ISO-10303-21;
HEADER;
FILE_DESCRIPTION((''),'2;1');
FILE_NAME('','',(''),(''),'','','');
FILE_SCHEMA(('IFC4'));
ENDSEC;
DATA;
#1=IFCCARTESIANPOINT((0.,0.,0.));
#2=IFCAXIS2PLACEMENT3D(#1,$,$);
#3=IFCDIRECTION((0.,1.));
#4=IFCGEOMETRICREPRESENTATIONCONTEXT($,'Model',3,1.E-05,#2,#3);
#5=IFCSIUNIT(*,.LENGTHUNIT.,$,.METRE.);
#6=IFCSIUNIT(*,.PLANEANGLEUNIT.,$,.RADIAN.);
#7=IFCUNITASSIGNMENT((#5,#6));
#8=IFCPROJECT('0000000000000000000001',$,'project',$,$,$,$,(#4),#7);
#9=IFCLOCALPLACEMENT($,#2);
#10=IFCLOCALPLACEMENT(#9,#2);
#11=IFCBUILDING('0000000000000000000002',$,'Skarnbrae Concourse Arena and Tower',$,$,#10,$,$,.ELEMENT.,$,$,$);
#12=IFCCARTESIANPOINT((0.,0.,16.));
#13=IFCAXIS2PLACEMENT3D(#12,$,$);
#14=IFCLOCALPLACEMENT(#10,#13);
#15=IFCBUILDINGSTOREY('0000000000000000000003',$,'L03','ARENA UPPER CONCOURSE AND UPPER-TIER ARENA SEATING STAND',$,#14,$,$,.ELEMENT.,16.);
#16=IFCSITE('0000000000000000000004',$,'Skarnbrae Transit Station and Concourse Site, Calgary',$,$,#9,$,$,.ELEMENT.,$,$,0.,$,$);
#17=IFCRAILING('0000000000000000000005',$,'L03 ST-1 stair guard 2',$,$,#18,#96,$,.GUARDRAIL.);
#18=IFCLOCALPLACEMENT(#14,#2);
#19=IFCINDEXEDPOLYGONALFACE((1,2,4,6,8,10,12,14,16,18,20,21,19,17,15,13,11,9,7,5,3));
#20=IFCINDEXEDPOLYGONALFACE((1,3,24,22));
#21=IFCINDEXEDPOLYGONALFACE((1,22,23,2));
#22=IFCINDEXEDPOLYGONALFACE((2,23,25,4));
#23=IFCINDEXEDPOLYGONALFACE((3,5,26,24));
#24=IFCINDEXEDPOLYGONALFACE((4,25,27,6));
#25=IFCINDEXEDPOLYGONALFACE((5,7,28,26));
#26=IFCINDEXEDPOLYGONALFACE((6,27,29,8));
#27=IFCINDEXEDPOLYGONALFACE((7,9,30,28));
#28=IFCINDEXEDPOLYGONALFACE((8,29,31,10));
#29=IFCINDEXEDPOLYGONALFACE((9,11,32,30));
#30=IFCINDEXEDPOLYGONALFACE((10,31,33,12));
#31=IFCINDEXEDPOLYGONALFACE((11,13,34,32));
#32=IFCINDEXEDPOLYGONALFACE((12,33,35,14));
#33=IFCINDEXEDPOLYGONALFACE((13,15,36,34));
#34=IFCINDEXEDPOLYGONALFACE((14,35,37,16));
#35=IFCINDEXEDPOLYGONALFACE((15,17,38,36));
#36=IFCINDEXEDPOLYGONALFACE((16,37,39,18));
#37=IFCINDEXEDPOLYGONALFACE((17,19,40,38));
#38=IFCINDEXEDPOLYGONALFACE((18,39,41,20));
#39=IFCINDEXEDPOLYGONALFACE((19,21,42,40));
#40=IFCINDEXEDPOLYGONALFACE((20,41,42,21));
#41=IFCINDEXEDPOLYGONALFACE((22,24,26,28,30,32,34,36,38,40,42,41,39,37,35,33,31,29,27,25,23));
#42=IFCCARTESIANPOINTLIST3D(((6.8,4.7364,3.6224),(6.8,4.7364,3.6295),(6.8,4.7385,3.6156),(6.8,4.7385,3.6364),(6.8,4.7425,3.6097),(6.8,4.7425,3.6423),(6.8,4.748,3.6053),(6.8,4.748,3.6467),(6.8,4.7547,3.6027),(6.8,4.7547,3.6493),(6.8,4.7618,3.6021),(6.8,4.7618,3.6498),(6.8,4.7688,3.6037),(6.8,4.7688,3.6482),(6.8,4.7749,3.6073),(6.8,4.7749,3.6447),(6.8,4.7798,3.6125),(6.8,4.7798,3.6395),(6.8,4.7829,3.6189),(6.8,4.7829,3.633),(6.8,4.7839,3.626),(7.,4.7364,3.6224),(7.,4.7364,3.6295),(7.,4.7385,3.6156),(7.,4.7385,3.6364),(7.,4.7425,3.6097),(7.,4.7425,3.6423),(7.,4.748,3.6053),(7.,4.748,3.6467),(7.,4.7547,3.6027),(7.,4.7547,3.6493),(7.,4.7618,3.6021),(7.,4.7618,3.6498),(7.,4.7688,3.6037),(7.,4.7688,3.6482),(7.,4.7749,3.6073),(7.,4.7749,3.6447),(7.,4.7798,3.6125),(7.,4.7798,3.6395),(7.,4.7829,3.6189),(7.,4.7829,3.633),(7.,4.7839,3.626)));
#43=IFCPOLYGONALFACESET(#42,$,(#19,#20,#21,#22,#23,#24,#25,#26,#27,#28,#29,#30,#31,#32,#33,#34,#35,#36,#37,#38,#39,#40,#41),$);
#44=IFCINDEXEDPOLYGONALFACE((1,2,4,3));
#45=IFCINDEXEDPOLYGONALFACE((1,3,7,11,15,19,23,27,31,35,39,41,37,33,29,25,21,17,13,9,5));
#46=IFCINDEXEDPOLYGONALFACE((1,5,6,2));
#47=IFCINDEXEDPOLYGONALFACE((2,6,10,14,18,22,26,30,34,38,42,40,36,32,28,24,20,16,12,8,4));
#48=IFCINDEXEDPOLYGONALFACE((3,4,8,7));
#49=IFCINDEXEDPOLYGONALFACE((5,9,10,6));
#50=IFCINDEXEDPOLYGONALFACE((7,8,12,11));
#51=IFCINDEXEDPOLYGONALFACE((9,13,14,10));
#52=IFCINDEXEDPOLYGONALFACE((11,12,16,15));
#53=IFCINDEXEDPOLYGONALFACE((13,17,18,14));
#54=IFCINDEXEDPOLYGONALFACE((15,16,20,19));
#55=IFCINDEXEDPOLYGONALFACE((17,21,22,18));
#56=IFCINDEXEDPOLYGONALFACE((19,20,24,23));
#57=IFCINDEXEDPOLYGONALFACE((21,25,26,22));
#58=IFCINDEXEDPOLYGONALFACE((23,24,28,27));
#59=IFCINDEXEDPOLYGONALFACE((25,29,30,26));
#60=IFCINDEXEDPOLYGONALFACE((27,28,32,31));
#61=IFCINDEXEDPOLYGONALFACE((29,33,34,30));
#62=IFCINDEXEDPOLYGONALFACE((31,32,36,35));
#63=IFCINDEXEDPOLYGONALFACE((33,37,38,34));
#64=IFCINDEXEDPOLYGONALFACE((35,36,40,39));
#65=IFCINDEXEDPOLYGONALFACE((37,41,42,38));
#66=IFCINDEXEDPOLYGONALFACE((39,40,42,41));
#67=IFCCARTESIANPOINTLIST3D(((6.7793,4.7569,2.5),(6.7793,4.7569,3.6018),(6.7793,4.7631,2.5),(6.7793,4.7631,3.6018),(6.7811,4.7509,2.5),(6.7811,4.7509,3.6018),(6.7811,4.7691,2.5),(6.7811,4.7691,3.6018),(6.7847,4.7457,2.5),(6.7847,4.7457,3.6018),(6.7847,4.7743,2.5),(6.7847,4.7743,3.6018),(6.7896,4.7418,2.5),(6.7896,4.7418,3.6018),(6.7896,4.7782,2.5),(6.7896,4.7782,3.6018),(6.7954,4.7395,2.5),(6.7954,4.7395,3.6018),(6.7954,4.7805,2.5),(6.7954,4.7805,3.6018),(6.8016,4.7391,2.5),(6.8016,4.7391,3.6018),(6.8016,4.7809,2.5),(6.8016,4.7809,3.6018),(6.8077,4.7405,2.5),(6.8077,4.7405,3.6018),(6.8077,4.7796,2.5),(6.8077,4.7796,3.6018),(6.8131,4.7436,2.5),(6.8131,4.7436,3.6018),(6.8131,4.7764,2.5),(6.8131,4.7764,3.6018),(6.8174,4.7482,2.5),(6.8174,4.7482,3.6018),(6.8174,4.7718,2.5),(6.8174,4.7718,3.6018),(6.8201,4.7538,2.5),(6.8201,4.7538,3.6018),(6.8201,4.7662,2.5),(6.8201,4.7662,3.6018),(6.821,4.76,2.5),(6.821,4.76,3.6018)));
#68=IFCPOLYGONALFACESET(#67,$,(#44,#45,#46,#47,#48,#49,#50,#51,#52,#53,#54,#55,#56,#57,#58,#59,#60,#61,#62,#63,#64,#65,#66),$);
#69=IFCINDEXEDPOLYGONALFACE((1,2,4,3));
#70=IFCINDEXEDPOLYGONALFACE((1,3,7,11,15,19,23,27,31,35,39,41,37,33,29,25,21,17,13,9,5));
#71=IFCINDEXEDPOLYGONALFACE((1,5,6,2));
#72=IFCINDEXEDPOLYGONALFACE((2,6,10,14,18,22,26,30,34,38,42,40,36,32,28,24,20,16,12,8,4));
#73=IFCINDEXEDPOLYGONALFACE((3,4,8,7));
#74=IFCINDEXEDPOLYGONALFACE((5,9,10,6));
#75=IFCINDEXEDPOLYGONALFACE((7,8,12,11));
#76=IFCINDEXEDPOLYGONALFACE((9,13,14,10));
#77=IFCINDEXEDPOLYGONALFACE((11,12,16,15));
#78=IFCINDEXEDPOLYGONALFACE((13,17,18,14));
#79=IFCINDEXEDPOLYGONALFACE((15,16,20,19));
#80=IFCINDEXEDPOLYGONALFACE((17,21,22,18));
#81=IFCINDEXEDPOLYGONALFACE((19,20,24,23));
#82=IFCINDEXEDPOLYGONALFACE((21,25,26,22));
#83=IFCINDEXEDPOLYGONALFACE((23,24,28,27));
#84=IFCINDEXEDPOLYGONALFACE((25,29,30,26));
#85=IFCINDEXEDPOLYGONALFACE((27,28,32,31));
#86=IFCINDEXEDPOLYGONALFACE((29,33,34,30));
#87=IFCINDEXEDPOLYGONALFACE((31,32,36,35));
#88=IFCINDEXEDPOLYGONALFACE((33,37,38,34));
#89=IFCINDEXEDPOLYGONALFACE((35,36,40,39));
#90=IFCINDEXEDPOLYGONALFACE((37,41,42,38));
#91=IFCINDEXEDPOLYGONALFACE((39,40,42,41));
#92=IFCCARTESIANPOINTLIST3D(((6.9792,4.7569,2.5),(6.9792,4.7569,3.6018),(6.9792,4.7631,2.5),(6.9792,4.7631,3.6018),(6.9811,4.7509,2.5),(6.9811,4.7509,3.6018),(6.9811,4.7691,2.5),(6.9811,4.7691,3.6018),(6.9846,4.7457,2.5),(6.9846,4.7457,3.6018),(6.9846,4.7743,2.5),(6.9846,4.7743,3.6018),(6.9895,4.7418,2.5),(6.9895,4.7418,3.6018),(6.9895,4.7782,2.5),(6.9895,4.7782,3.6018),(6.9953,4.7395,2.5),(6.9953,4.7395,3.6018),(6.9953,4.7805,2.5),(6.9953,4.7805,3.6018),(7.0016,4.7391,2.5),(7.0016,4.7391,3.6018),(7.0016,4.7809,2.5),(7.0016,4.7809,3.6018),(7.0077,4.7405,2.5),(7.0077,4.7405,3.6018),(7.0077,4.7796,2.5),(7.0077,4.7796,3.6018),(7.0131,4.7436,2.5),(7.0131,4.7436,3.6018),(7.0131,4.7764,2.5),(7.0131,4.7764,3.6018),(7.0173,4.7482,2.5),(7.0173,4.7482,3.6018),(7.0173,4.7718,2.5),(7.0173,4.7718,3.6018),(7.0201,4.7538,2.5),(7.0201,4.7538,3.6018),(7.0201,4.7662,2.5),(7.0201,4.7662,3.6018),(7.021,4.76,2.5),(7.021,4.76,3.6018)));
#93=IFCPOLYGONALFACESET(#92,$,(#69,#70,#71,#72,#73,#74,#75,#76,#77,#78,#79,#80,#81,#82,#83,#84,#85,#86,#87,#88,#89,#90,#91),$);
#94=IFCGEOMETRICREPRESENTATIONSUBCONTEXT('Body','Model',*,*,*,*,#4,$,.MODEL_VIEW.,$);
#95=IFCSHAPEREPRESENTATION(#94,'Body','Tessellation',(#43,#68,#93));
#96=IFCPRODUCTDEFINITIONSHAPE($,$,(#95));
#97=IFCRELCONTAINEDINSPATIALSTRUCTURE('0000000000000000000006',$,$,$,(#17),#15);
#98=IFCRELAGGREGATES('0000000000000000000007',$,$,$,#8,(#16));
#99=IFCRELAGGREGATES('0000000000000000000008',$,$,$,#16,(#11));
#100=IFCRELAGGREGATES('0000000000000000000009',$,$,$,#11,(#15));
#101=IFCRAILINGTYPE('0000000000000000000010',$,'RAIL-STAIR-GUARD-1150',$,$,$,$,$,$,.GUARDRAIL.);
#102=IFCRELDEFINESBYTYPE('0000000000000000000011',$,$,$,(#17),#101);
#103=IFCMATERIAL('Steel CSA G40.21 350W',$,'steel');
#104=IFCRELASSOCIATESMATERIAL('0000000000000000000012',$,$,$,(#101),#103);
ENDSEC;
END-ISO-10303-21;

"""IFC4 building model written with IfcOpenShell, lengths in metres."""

from ifc_helpers import new_model, si_unit, direction, frame, origin, origin_2d, place, context, subcontext, project, spatial, circle, extrude, material, type_object, element, save


model = new_model("IFC4")

# Units and contexts
model_context = context("Model", 3, precision=1e-05, world=origin(), true_north=direction((0.0, 1.0)))
body_context = subcontext(model_context, "Body", "Model", "MODEL_VIEW")
ifc_project = project(units=[si_unit("LENGTHUNIT", "METRE"), si_unit("PLANEANGLEUNIT", "RADIAN")], contexts=[model_context])

# Site, building, storey
site_placement = place(None, origin())
site = spatial("IfcSite", under=ifc_project, at=site_placement, Name="Skarnbrae Transit Station and Concourse Site, Calgary", CompositionType="ELEMENT", RefElevation=0.0)
building_placement = place(site_placement, origin())
building = spatial("IfcBuilding", under=site, at=building_placement, Name="Skarnbrae Concourse Arena and Tower", CompositionType="ELEMENT")
storey_placement = place(building_placement, frame((0.0, 0.0, 16.0)))
storey = spatial("IfcBuildingStorey", under=building, at=storey_placement, Name="L03", Description="ARENA UPPER CONCOURSE AND UPPER-TIER ARENA SEATING STAND", CompositionType="ELEMENT", Elevation=16.0)

# Shared definitions
ifc_material_1 = material(Name="Steel CSA G40.21 350W", Category="steel")

# Railing
railing_type_1 = type_object("IfcRailingType", Name="RAIL-STAIR-GUARD-1150", PredefinedType="GUARDRAIL", material=ifc_material_1)
railing_1_placement = place(storey_placement, frame((6.8, 4.76, 2.5)))
element("IfcRailing", 1, at=railing_1_placement, inside=storey, type_object=railing_type_1, Name="L03 ST-1 stair guard 2", PredefinedType="GUARDRAIL", context=body_context, shape_type="SweptSolid", body=[
    extrude(circle(Radius=0.0239, at=origin_2d()), frame((0.0, 0.0, 1.126), z_axis=(1.0, 0.0, 0.0), x_axis=(0.0, 1.0, 0.0)), (0.0, 0.0, 1.0), 0.2),
    extrude(circle(Radius=0.021, at=origin_2d()), origin(), (0.0, 0.0, 1.0), 1.1018),
    extrude(circle(Radius=0.021, at=origin_2d()), frame((0.2, 0.0, 0.0)), (0.0, 0.0, 1.0), 1.1018),
])

save(model, "model.ifc")
